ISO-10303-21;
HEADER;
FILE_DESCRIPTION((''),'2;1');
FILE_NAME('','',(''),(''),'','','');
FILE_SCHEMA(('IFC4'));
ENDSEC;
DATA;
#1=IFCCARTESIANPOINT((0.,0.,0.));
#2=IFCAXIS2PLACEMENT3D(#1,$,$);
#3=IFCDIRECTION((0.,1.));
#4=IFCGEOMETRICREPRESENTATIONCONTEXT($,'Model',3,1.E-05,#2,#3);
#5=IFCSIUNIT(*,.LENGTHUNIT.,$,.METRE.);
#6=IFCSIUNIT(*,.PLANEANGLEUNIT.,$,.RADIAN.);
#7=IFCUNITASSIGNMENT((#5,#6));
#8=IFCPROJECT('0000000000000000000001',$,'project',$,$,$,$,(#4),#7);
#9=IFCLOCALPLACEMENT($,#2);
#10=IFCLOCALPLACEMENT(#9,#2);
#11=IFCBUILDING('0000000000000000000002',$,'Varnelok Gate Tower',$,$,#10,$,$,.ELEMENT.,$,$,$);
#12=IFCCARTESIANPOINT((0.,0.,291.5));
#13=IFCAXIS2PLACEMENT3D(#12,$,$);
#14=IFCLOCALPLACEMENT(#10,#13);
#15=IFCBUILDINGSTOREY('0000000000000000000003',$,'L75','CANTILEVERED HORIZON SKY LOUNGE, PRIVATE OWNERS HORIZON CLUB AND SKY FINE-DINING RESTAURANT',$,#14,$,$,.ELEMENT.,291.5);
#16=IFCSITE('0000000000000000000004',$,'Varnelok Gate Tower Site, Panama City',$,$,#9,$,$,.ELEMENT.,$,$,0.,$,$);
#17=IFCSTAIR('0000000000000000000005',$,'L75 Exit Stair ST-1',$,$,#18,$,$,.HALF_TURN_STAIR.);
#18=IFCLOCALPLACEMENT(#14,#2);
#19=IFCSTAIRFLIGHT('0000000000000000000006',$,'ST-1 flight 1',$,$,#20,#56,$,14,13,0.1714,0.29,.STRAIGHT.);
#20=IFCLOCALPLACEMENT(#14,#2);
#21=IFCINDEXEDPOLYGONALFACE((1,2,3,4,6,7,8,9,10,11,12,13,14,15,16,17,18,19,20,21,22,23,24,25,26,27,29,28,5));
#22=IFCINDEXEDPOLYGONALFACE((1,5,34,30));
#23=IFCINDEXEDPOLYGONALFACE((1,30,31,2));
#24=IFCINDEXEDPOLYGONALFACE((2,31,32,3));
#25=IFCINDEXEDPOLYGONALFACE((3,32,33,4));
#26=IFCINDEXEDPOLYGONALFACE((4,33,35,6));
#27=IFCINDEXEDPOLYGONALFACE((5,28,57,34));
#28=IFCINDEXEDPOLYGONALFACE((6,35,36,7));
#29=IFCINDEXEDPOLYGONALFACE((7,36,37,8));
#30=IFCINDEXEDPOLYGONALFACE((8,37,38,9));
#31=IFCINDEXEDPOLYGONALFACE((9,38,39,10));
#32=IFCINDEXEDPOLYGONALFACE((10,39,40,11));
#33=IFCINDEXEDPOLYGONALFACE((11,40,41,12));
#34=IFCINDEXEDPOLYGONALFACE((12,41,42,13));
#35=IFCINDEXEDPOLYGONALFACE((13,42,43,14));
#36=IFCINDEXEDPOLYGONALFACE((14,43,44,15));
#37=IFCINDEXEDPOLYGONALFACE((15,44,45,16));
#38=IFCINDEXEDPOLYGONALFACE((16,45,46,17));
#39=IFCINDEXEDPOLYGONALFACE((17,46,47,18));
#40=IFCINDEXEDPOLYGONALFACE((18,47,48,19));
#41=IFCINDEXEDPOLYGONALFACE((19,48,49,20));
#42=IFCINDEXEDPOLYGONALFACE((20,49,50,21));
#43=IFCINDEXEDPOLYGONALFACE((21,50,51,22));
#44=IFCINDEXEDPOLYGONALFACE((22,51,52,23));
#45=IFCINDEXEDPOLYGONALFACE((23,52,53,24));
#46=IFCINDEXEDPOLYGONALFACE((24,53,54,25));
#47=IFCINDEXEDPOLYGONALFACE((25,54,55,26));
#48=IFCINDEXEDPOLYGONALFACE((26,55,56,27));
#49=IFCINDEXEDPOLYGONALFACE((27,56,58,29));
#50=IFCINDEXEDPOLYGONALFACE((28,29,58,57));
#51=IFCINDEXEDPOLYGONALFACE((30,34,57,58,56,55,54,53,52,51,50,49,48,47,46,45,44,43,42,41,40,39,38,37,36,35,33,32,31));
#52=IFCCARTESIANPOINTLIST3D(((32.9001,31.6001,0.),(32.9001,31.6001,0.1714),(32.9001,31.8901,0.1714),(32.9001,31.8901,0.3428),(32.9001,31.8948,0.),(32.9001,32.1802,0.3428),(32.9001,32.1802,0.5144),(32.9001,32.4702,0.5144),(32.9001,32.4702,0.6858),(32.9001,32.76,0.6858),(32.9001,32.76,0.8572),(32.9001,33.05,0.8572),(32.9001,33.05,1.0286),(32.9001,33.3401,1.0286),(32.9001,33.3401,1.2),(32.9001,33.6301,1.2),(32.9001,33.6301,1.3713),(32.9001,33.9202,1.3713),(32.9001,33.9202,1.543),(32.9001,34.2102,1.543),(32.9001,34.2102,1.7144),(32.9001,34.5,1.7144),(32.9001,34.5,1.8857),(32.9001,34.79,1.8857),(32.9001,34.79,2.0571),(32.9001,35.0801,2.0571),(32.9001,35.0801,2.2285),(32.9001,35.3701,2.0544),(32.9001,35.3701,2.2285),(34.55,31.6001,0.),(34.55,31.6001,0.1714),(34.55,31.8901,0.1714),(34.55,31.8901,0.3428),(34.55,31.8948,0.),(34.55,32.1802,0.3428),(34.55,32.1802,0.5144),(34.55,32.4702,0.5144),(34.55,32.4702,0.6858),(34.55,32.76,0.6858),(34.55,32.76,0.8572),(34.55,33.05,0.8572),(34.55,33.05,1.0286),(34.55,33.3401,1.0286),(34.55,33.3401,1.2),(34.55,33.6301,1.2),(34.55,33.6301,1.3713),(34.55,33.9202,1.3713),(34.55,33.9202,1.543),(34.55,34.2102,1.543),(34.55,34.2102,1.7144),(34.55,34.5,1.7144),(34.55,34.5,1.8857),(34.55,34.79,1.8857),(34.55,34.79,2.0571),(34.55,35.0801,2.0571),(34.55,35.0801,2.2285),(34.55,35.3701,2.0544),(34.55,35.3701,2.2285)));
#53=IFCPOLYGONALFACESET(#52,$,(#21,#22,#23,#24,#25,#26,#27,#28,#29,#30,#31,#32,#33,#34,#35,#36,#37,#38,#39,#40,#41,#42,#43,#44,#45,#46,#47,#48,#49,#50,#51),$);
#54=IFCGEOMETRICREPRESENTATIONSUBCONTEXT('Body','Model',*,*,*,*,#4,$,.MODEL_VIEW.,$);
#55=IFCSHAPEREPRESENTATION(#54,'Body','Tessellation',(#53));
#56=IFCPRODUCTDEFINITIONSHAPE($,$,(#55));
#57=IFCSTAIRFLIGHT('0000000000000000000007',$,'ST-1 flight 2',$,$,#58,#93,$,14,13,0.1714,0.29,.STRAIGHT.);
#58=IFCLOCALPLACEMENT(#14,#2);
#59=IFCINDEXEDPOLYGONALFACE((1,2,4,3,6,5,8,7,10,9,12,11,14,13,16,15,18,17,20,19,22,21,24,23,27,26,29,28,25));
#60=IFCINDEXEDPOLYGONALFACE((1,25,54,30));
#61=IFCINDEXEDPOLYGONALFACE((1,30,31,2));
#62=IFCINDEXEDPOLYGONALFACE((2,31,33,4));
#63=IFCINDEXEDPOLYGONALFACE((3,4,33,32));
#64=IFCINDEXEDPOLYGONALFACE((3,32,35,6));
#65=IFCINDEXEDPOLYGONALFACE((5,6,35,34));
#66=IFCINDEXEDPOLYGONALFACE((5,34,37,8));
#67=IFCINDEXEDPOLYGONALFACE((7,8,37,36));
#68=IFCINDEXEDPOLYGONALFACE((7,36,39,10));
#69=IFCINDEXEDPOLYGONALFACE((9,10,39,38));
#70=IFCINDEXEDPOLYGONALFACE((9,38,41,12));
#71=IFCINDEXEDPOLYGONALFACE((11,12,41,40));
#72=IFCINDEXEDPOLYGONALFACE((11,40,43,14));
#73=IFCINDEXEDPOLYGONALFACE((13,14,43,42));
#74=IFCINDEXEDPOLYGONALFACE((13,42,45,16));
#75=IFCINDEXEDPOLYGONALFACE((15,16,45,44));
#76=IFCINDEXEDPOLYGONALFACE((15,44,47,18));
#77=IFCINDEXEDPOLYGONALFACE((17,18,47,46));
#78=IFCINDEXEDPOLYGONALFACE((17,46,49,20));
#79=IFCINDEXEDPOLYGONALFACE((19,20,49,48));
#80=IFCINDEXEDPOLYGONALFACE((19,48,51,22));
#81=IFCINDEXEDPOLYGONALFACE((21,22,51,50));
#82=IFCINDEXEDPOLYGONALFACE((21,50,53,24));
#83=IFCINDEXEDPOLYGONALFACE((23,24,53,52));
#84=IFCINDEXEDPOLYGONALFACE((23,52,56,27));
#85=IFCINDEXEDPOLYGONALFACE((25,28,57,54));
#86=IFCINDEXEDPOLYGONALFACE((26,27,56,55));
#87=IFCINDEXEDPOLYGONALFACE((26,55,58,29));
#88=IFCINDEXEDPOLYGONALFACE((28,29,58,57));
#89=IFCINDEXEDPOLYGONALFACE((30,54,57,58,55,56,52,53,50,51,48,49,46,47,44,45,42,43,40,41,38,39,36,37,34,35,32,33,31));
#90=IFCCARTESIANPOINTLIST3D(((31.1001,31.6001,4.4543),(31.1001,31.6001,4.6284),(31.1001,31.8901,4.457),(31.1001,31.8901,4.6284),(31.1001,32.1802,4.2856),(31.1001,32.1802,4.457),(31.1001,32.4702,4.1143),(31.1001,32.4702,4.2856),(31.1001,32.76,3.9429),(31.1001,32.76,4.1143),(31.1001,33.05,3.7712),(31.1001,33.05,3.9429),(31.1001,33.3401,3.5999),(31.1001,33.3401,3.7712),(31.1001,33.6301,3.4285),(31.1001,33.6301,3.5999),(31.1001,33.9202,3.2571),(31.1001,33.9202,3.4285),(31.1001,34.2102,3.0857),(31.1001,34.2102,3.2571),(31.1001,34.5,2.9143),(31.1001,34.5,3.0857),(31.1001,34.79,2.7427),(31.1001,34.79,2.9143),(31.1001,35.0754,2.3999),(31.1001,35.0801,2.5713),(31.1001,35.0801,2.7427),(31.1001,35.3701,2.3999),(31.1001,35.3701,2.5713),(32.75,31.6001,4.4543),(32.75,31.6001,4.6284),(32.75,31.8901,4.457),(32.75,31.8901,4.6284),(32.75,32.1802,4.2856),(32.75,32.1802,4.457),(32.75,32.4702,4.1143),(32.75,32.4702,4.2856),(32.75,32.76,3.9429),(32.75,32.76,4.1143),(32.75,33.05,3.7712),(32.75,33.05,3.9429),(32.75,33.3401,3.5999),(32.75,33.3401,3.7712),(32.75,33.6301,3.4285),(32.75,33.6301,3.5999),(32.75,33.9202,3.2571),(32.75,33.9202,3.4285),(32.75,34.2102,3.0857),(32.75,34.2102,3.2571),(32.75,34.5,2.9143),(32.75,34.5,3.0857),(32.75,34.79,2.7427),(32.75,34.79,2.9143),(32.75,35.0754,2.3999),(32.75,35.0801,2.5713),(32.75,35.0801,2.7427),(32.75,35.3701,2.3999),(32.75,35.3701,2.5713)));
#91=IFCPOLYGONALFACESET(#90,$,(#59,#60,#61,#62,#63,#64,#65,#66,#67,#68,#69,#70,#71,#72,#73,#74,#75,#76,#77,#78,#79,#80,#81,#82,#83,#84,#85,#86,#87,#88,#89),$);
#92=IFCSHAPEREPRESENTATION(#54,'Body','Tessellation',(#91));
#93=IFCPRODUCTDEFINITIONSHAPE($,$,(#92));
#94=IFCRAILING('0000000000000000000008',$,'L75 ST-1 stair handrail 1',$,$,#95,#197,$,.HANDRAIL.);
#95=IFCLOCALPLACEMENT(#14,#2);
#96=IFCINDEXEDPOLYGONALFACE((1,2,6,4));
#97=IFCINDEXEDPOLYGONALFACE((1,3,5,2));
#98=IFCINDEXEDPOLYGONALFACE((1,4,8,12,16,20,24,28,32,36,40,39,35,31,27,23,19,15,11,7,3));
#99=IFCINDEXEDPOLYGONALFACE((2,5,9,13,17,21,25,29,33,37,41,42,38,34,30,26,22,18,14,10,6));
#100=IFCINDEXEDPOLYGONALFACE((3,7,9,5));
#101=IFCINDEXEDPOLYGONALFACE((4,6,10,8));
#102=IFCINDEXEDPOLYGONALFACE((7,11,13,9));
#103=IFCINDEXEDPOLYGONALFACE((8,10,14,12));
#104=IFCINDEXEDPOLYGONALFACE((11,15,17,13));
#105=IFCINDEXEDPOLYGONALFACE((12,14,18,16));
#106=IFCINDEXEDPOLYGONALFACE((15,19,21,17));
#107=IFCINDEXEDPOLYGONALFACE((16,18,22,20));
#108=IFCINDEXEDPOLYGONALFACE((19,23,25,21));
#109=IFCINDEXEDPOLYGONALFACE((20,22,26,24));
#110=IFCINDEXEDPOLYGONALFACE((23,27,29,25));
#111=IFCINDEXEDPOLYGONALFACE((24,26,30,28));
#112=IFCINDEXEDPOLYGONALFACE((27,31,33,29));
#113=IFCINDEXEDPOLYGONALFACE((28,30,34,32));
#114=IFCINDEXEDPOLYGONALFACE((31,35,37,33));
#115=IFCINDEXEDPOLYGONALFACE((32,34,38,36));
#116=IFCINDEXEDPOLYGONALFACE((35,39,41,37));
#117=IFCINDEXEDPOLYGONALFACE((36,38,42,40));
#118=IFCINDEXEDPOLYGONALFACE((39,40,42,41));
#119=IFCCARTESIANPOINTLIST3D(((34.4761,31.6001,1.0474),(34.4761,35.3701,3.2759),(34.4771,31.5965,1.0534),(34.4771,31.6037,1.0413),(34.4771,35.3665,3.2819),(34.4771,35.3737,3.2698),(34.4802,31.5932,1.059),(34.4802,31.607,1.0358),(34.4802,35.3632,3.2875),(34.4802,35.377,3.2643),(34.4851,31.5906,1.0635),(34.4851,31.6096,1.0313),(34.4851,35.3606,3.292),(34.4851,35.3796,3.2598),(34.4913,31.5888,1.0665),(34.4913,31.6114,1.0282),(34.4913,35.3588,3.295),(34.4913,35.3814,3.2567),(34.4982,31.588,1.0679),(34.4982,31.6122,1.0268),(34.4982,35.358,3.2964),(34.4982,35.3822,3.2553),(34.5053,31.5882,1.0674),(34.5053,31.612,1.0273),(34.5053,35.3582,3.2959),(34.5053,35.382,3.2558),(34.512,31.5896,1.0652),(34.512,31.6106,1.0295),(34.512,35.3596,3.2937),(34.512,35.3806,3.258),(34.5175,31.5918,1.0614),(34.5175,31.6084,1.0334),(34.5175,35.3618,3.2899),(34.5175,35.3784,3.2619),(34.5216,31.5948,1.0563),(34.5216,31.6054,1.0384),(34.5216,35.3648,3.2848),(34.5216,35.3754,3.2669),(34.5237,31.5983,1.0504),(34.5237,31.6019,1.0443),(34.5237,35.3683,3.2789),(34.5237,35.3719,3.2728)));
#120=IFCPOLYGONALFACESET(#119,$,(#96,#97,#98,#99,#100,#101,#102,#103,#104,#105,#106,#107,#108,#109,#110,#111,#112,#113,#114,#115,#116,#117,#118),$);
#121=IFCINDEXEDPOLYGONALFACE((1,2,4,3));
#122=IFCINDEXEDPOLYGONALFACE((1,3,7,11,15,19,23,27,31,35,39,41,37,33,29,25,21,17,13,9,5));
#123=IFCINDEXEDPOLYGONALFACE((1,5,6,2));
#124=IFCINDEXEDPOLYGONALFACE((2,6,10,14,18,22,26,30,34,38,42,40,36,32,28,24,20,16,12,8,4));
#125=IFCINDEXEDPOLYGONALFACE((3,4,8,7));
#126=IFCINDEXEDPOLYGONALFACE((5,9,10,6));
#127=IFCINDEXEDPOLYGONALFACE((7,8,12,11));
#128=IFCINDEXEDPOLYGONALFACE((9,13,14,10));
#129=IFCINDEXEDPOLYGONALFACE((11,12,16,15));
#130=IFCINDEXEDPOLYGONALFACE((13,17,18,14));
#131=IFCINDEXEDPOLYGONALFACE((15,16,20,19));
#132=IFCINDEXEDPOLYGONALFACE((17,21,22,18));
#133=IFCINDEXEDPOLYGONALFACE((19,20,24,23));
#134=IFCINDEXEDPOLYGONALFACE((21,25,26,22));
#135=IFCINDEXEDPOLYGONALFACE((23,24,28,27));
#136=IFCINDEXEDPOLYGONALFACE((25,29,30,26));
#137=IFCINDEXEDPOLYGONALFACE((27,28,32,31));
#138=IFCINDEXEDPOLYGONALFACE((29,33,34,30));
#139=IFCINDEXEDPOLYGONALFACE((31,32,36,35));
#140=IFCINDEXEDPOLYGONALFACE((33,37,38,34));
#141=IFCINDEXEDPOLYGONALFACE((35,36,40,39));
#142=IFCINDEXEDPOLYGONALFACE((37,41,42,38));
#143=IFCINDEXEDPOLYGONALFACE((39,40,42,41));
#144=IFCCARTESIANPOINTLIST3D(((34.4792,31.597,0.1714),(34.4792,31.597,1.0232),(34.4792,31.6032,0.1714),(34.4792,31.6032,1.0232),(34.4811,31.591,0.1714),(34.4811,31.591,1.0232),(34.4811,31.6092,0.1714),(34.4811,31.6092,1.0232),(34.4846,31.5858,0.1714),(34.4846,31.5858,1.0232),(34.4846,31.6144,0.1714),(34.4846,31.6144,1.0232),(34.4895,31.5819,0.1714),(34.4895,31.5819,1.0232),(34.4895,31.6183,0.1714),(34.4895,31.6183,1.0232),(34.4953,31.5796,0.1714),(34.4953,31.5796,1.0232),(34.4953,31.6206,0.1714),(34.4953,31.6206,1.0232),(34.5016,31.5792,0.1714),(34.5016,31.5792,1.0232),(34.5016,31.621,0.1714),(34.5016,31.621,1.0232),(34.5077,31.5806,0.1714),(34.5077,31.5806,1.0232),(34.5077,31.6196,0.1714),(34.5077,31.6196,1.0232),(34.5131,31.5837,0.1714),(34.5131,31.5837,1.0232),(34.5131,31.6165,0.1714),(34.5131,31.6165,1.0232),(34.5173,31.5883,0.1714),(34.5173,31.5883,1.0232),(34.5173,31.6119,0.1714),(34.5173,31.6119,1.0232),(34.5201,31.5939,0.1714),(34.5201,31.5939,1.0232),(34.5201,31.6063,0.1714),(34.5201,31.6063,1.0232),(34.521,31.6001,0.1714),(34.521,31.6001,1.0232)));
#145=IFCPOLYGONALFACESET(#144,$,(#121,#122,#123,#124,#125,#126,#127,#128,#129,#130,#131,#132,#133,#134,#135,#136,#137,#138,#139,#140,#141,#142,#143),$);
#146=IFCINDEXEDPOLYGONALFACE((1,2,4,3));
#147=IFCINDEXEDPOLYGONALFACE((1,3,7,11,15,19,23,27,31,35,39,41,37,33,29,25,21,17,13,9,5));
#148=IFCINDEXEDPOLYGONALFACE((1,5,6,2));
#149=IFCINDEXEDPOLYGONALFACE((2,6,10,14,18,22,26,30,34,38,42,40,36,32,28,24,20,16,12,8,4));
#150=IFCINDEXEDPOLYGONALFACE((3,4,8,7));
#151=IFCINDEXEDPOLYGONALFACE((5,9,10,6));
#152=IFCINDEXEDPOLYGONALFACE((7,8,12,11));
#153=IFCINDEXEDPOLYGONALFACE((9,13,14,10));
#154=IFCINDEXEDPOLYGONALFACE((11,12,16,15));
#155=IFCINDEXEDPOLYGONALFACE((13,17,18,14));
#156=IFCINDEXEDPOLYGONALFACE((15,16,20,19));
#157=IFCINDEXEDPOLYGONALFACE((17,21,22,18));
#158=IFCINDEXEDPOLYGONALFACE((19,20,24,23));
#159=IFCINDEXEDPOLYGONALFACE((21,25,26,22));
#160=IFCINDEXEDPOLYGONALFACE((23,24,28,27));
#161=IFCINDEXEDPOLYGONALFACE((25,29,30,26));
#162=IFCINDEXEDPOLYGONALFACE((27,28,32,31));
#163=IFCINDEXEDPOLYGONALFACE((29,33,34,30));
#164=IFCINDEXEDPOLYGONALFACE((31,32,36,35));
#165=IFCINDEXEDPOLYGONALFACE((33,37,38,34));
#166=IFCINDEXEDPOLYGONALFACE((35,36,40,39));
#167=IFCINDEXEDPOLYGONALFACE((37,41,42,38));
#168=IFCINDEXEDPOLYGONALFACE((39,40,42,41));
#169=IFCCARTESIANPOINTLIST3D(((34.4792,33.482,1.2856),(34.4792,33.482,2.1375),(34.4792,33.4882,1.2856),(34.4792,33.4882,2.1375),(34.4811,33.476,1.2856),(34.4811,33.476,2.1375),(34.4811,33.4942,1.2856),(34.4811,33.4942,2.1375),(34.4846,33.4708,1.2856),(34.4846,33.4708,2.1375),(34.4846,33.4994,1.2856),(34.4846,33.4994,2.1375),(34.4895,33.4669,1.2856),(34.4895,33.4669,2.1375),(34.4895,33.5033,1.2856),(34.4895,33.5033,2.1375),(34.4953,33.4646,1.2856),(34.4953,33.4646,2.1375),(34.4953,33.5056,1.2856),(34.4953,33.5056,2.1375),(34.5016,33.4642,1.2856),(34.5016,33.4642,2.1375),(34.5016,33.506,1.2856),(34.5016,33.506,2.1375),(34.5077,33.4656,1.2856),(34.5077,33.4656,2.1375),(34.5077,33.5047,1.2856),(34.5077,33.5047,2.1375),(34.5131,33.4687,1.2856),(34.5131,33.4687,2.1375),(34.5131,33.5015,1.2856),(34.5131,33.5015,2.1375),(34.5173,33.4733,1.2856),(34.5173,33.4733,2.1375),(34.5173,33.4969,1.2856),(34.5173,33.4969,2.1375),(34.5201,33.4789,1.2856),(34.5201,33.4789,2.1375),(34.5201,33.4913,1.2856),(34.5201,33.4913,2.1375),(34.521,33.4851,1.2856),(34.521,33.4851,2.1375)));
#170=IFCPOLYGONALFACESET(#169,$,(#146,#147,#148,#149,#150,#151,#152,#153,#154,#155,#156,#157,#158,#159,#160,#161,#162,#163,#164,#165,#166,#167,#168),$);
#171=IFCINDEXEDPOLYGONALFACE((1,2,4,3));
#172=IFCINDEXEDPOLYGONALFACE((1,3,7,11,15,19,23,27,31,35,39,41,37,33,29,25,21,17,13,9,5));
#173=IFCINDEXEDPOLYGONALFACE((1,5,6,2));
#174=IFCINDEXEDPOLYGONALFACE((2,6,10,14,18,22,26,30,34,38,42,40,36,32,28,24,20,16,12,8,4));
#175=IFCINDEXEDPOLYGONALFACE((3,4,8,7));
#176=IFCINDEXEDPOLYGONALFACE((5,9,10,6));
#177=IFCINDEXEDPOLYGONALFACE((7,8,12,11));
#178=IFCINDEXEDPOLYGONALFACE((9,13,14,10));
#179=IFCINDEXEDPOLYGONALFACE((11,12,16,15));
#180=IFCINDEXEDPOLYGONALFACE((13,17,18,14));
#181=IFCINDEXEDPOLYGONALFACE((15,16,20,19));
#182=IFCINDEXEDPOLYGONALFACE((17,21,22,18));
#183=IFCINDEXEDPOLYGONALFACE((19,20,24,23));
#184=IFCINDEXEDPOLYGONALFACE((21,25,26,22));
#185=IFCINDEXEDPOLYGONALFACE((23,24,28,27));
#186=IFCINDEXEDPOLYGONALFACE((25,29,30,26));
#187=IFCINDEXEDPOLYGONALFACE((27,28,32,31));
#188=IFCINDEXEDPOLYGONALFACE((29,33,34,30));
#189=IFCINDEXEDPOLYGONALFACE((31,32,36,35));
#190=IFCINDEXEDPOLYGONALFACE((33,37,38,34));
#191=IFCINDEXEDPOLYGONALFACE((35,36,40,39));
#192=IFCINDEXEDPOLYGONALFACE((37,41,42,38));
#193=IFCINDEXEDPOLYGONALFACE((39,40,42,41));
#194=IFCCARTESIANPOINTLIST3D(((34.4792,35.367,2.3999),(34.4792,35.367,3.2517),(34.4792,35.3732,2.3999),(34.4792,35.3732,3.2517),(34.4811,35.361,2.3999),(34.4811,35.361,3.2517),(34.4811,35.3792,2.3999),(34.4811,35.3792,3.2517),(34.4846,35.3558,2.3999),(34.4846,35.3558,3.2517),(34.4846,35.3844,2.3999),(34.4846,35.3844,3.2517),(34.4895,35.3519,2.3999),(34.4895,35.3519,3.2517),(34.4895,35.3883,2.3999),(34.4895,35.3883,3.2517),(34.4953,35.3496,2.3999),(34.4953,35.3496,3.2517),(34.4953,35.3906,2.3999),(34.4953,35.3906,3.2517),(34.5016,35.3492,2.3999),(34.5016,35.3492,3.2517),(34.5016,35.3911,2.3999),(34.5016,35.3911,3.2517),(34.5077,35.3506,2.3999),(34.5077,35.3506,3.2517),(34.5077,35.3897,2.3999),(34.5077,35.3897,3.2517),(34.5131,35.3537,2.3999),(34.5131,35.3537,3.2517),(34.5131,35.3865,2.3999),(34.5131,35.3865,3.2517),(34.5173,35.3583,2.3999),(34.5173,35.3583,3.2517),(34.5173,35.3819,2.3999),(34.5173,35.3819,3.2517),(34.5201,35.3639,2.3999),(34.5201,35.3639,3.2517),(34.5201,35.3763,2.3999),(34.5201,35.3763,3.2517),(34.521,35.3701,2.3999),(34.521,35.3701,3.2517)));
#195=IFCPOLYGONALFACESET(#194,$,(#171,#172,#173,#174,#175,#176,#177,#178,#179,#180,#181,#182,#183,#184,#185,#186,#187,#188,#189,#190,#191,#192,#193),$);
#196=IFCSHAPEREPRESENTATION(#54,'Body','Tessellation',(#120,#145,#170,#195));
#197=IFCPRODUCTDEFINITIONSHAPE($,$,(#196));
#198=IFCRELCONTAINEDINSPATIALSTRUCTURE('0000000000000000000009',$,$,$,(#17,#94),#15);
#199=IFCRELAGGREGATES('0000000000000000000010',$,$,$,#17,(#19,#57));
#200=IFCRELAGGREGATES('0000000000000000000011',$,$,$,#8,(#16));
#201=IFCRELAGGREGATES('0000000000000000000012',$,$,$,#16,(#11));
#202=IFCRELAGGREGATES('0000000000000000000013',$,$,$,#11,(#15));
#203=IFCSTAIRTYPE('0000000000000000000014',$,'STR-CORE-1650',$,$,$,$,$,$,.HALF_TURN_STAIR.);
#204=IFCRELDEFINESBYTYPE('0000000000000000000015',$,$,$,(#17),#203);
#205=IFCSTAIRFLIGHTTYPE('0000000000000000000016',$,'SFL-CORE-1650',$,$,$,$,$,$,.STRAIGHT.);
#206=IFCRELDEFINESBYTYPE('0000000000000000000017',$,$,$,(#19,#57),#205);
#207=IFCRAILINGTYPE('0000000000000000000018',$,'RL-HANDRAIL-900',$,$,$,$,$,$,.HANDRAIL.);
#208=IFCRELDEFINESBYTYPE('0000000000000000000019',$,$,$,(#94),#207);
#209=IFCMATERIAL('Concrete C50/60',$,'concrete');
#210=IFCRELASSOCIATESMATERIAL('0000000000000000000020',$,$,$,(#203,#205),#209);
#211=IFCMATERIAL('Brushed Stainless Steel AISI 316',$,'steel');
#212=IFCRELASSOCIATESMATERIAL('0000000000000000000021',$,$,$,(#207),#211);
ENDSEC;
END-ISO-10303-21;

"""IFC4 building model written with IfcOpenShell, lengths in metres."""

from ifc_helpers import new_model, si_unit, direction, frame, origin, origin_2d, place, context, subcontext, project, spatial, polyline, circle, outline, extrude, material, type_object, element, aggregate, save


model = new_model("IFC4")

# Units and contexts
model_context = context("Model", 3, precision=1e-05, world=origin(), true_north=direction((0.0, 1.0)))
body_context = subcontext(model_context, "Body", "Model", "MODEL_VIEW")
ifc_project = project(units=[si_unit("LENGTHUNIT", "METRE"), si_unit("PLANEANGLEUNIT", "RADIAN")], contexts=[model_context])

# Site, building, storey
site_placement = place(None, origin())
site = spatial("IfcSite", under=ifc_project, at=site_placement, Name="Varnelok Gate Tower Site, Panama City", CompositionType="ELEMENT", RefElevation=0.0)
building_placement = place(site_placement, origin())
building = spatial("IfcBuilding", under=site, at=building_placement, Name="Varnelok Gate Tower", CompositionType="ELEMENT")
storey_placement = place(building_placement, frame((0.0, 0.0, 291.5)))
storey = spatial("IfcBuildingStorey", under=building, at=storey_placement, Name="L75", Description="CANTILEVERED HORIZON SKY LOUNGE, PRIVATE OWNERS HORIZON CLUB AND SKY FINE-DINING RESTAURANT", CompositionType="ELEMENT", Elevation=291.5)

# Shared definitions
ifc_material_1 = material(Name="Concrete C50/60", Category="concrete")

# Stair, stair flights
stair_type = type_object("IfcStairType", Name="STR-CORE-1650", PredefinedType="HALF_TURN_STAIR", material=ifc_material_1)
stair_placement = place(storey_placement, origin())
stair = element("IfcStair", 1, at=stair_placement, inside=storey, type_object=stair_type, Name="L75 Exit Stair ST-1", PredefinedType="HALF_TURN_STAIR")
stair_flight_type = type_object("IfcStairFlightType", Name="SFL-CORE-1650", PredefinedType="STRAIGHT", material=ifc_material_1)
stair_flight_1_placement = place(storey_placement, frame((33.7251, 31.6001, 0.0), z_axis=(0.0, 0.0, 1.0), x_axis=(0.0, 1.0, 0.0)))
stair_flight_1 = element("IfcStairFlight", 2, at=stair_flight_1_placement, type_object=stair_flight_type, Name="ST-1 flight 1", NumberOfRisers=14, NumberOfTreads=13, PredefinedType="STRAIGHT", RiserHeight=0.1714, TreadLength=0.29, context=body_context, shape_type="SweptSolid", body=[
    extrude(outline(polyline([(0.0, 0.0), (0.0, 0.1714), (0.29, 0.1714), (0.29, 0.3428), (0.5801, 0.3428), (0.5801, 0.5144), (0.8701, 0.5144), (0.8701, 0.6858), (1.1599, 0.6858), (1.1599, 0.8572), (1.45, 0.8572), (1.45, 1.0286), (1.74, 1.0286), (1.74, 1.2), (2.03, 1.2), (2.03, 1.3713), (2.3201, 1.3713), (2.3201, 1.543), (2.6101, 1.543), (2.6101, 1.7144), (2.8999, 1.7144), (2.8999, 1.8857), (3.1899, 1.8857), (3.1899, 2.0571), (3.48, 2.0571), (3.48, 2.2285), (3.77, 2.2285), (3.77, 2.3999), (3.77, 2.0544), (0.2947, 0.0), (0.0, 0.0)])), frame((0.0, 0.825, 0.0), z_axis=(0.0, -1.0, 0.0), x_axis=(1.0, 0.0, 0.0)), (0.0, 0.0, 1.0), 1.6499),
])
stair_flight_2_placement = place(storey_placement, frame((31.925, 35.3701, 2.3999), z_axis=(0.0, 0.0, 1.0), x_axis=(0.0, -1.0, 0.0)))
stair_flight_2 = element("IfcStairFlight", 3, at=stair_flight_2_placement, type_object=stair_flight_type, Name="ST-1 flight 2", NumberOfRisers=14, NumberOfTreads=13, PredefinedType="STRAIGHT", RiserHeight=0.1714, TreadLength=0.29, context=body_context, shape_type="SweptSolid", body=[
    extrude(outline(polyline([(0.0, 0.0), (0.0, 0.1714), (0.29, 0.1714), (0.29, 0.3428), (0.5801, 0.3428), (0.5801, 0.5144), (0.8701, 0.5144), (0.8701, 0.6858), (1.1599, 0.6858), (1.1599, 0.8572), (1.45, 0.8572), (1.45, 1.0286), (1.74, 1.0286), (1.74, 1.2), (2.03, 1.2), (2.03, 1.3713), (2.3201, 1.3713), (2.3201, 1.543), (2.6101, 1.543), (2.6101, 1.7144), (2.8999, 1.7144), (2.8999, 1.8857), (3.1899, 1.8857), (3.1899, 2.0571), (3.48, 2.0571), (3.48, 2.2285), (3.77, 2.2285), (3.77, 2.3999), (3.77, 2.0544), (0.2947, 0.0), (0.0, 0.0)])), frame((0.0, 0.825, 0.0), z_axis=(0.0, -1.0, 0.0), x_axis=(1.0, 0.0, 0.0)), (0.0, 0.0, 1.0), 1.6499),
])
aggregate(stair, [stair_flight_1, stair_flight_2])

# Railing
ifc_material_2 = material(Name="Brushed Stainless Steel AISI 316", Category="steel")
railing_type_1 = type_object("IfcRailingType", Name="RL-HANDRAIL-900", PredefinedType="HANDRAIL", material=ifc_material_2)
railing_1_placement = place(storey_placement, frame((34.5, 31.6001, 0.1714)))
element("IfcRailing", 4, at=railing_1_placement, inside=storey, type_object=railing_type_1, Name="L75 ST-1 stair handrail 1", PredefinedType="HANDRAIL", context=body_context, shape_type="SweptSolid", body=[
    extrude(circle(Radius=0.0239, at=origin_2d()), frame((0.0, 0.0, 0.876), z_axis=(0.0, 0.860849, 0.508861), x_axis=(-1.0, 0.0, 0.0)), (0.0, 0.0, 1.0), 4.3794),
    extrude(circle(Radius=0.021, at=origin_2d()), origin(), (0.0, 0.0, 1.0), 0.8518),
    extrude(circle(Radius=0.021, at=origin_2d()), frame((0.0, 1.885, 1.1143)), (0.0, 0.0, 1.0), 0.8518),
    extrude(circle(Radius=0.021, at=origin_2d()), frame((0.0, 3.77, 2.2285)), (0.0, 0.0, 1.0), 0.8518),
])

save(model, "model.ifc")
